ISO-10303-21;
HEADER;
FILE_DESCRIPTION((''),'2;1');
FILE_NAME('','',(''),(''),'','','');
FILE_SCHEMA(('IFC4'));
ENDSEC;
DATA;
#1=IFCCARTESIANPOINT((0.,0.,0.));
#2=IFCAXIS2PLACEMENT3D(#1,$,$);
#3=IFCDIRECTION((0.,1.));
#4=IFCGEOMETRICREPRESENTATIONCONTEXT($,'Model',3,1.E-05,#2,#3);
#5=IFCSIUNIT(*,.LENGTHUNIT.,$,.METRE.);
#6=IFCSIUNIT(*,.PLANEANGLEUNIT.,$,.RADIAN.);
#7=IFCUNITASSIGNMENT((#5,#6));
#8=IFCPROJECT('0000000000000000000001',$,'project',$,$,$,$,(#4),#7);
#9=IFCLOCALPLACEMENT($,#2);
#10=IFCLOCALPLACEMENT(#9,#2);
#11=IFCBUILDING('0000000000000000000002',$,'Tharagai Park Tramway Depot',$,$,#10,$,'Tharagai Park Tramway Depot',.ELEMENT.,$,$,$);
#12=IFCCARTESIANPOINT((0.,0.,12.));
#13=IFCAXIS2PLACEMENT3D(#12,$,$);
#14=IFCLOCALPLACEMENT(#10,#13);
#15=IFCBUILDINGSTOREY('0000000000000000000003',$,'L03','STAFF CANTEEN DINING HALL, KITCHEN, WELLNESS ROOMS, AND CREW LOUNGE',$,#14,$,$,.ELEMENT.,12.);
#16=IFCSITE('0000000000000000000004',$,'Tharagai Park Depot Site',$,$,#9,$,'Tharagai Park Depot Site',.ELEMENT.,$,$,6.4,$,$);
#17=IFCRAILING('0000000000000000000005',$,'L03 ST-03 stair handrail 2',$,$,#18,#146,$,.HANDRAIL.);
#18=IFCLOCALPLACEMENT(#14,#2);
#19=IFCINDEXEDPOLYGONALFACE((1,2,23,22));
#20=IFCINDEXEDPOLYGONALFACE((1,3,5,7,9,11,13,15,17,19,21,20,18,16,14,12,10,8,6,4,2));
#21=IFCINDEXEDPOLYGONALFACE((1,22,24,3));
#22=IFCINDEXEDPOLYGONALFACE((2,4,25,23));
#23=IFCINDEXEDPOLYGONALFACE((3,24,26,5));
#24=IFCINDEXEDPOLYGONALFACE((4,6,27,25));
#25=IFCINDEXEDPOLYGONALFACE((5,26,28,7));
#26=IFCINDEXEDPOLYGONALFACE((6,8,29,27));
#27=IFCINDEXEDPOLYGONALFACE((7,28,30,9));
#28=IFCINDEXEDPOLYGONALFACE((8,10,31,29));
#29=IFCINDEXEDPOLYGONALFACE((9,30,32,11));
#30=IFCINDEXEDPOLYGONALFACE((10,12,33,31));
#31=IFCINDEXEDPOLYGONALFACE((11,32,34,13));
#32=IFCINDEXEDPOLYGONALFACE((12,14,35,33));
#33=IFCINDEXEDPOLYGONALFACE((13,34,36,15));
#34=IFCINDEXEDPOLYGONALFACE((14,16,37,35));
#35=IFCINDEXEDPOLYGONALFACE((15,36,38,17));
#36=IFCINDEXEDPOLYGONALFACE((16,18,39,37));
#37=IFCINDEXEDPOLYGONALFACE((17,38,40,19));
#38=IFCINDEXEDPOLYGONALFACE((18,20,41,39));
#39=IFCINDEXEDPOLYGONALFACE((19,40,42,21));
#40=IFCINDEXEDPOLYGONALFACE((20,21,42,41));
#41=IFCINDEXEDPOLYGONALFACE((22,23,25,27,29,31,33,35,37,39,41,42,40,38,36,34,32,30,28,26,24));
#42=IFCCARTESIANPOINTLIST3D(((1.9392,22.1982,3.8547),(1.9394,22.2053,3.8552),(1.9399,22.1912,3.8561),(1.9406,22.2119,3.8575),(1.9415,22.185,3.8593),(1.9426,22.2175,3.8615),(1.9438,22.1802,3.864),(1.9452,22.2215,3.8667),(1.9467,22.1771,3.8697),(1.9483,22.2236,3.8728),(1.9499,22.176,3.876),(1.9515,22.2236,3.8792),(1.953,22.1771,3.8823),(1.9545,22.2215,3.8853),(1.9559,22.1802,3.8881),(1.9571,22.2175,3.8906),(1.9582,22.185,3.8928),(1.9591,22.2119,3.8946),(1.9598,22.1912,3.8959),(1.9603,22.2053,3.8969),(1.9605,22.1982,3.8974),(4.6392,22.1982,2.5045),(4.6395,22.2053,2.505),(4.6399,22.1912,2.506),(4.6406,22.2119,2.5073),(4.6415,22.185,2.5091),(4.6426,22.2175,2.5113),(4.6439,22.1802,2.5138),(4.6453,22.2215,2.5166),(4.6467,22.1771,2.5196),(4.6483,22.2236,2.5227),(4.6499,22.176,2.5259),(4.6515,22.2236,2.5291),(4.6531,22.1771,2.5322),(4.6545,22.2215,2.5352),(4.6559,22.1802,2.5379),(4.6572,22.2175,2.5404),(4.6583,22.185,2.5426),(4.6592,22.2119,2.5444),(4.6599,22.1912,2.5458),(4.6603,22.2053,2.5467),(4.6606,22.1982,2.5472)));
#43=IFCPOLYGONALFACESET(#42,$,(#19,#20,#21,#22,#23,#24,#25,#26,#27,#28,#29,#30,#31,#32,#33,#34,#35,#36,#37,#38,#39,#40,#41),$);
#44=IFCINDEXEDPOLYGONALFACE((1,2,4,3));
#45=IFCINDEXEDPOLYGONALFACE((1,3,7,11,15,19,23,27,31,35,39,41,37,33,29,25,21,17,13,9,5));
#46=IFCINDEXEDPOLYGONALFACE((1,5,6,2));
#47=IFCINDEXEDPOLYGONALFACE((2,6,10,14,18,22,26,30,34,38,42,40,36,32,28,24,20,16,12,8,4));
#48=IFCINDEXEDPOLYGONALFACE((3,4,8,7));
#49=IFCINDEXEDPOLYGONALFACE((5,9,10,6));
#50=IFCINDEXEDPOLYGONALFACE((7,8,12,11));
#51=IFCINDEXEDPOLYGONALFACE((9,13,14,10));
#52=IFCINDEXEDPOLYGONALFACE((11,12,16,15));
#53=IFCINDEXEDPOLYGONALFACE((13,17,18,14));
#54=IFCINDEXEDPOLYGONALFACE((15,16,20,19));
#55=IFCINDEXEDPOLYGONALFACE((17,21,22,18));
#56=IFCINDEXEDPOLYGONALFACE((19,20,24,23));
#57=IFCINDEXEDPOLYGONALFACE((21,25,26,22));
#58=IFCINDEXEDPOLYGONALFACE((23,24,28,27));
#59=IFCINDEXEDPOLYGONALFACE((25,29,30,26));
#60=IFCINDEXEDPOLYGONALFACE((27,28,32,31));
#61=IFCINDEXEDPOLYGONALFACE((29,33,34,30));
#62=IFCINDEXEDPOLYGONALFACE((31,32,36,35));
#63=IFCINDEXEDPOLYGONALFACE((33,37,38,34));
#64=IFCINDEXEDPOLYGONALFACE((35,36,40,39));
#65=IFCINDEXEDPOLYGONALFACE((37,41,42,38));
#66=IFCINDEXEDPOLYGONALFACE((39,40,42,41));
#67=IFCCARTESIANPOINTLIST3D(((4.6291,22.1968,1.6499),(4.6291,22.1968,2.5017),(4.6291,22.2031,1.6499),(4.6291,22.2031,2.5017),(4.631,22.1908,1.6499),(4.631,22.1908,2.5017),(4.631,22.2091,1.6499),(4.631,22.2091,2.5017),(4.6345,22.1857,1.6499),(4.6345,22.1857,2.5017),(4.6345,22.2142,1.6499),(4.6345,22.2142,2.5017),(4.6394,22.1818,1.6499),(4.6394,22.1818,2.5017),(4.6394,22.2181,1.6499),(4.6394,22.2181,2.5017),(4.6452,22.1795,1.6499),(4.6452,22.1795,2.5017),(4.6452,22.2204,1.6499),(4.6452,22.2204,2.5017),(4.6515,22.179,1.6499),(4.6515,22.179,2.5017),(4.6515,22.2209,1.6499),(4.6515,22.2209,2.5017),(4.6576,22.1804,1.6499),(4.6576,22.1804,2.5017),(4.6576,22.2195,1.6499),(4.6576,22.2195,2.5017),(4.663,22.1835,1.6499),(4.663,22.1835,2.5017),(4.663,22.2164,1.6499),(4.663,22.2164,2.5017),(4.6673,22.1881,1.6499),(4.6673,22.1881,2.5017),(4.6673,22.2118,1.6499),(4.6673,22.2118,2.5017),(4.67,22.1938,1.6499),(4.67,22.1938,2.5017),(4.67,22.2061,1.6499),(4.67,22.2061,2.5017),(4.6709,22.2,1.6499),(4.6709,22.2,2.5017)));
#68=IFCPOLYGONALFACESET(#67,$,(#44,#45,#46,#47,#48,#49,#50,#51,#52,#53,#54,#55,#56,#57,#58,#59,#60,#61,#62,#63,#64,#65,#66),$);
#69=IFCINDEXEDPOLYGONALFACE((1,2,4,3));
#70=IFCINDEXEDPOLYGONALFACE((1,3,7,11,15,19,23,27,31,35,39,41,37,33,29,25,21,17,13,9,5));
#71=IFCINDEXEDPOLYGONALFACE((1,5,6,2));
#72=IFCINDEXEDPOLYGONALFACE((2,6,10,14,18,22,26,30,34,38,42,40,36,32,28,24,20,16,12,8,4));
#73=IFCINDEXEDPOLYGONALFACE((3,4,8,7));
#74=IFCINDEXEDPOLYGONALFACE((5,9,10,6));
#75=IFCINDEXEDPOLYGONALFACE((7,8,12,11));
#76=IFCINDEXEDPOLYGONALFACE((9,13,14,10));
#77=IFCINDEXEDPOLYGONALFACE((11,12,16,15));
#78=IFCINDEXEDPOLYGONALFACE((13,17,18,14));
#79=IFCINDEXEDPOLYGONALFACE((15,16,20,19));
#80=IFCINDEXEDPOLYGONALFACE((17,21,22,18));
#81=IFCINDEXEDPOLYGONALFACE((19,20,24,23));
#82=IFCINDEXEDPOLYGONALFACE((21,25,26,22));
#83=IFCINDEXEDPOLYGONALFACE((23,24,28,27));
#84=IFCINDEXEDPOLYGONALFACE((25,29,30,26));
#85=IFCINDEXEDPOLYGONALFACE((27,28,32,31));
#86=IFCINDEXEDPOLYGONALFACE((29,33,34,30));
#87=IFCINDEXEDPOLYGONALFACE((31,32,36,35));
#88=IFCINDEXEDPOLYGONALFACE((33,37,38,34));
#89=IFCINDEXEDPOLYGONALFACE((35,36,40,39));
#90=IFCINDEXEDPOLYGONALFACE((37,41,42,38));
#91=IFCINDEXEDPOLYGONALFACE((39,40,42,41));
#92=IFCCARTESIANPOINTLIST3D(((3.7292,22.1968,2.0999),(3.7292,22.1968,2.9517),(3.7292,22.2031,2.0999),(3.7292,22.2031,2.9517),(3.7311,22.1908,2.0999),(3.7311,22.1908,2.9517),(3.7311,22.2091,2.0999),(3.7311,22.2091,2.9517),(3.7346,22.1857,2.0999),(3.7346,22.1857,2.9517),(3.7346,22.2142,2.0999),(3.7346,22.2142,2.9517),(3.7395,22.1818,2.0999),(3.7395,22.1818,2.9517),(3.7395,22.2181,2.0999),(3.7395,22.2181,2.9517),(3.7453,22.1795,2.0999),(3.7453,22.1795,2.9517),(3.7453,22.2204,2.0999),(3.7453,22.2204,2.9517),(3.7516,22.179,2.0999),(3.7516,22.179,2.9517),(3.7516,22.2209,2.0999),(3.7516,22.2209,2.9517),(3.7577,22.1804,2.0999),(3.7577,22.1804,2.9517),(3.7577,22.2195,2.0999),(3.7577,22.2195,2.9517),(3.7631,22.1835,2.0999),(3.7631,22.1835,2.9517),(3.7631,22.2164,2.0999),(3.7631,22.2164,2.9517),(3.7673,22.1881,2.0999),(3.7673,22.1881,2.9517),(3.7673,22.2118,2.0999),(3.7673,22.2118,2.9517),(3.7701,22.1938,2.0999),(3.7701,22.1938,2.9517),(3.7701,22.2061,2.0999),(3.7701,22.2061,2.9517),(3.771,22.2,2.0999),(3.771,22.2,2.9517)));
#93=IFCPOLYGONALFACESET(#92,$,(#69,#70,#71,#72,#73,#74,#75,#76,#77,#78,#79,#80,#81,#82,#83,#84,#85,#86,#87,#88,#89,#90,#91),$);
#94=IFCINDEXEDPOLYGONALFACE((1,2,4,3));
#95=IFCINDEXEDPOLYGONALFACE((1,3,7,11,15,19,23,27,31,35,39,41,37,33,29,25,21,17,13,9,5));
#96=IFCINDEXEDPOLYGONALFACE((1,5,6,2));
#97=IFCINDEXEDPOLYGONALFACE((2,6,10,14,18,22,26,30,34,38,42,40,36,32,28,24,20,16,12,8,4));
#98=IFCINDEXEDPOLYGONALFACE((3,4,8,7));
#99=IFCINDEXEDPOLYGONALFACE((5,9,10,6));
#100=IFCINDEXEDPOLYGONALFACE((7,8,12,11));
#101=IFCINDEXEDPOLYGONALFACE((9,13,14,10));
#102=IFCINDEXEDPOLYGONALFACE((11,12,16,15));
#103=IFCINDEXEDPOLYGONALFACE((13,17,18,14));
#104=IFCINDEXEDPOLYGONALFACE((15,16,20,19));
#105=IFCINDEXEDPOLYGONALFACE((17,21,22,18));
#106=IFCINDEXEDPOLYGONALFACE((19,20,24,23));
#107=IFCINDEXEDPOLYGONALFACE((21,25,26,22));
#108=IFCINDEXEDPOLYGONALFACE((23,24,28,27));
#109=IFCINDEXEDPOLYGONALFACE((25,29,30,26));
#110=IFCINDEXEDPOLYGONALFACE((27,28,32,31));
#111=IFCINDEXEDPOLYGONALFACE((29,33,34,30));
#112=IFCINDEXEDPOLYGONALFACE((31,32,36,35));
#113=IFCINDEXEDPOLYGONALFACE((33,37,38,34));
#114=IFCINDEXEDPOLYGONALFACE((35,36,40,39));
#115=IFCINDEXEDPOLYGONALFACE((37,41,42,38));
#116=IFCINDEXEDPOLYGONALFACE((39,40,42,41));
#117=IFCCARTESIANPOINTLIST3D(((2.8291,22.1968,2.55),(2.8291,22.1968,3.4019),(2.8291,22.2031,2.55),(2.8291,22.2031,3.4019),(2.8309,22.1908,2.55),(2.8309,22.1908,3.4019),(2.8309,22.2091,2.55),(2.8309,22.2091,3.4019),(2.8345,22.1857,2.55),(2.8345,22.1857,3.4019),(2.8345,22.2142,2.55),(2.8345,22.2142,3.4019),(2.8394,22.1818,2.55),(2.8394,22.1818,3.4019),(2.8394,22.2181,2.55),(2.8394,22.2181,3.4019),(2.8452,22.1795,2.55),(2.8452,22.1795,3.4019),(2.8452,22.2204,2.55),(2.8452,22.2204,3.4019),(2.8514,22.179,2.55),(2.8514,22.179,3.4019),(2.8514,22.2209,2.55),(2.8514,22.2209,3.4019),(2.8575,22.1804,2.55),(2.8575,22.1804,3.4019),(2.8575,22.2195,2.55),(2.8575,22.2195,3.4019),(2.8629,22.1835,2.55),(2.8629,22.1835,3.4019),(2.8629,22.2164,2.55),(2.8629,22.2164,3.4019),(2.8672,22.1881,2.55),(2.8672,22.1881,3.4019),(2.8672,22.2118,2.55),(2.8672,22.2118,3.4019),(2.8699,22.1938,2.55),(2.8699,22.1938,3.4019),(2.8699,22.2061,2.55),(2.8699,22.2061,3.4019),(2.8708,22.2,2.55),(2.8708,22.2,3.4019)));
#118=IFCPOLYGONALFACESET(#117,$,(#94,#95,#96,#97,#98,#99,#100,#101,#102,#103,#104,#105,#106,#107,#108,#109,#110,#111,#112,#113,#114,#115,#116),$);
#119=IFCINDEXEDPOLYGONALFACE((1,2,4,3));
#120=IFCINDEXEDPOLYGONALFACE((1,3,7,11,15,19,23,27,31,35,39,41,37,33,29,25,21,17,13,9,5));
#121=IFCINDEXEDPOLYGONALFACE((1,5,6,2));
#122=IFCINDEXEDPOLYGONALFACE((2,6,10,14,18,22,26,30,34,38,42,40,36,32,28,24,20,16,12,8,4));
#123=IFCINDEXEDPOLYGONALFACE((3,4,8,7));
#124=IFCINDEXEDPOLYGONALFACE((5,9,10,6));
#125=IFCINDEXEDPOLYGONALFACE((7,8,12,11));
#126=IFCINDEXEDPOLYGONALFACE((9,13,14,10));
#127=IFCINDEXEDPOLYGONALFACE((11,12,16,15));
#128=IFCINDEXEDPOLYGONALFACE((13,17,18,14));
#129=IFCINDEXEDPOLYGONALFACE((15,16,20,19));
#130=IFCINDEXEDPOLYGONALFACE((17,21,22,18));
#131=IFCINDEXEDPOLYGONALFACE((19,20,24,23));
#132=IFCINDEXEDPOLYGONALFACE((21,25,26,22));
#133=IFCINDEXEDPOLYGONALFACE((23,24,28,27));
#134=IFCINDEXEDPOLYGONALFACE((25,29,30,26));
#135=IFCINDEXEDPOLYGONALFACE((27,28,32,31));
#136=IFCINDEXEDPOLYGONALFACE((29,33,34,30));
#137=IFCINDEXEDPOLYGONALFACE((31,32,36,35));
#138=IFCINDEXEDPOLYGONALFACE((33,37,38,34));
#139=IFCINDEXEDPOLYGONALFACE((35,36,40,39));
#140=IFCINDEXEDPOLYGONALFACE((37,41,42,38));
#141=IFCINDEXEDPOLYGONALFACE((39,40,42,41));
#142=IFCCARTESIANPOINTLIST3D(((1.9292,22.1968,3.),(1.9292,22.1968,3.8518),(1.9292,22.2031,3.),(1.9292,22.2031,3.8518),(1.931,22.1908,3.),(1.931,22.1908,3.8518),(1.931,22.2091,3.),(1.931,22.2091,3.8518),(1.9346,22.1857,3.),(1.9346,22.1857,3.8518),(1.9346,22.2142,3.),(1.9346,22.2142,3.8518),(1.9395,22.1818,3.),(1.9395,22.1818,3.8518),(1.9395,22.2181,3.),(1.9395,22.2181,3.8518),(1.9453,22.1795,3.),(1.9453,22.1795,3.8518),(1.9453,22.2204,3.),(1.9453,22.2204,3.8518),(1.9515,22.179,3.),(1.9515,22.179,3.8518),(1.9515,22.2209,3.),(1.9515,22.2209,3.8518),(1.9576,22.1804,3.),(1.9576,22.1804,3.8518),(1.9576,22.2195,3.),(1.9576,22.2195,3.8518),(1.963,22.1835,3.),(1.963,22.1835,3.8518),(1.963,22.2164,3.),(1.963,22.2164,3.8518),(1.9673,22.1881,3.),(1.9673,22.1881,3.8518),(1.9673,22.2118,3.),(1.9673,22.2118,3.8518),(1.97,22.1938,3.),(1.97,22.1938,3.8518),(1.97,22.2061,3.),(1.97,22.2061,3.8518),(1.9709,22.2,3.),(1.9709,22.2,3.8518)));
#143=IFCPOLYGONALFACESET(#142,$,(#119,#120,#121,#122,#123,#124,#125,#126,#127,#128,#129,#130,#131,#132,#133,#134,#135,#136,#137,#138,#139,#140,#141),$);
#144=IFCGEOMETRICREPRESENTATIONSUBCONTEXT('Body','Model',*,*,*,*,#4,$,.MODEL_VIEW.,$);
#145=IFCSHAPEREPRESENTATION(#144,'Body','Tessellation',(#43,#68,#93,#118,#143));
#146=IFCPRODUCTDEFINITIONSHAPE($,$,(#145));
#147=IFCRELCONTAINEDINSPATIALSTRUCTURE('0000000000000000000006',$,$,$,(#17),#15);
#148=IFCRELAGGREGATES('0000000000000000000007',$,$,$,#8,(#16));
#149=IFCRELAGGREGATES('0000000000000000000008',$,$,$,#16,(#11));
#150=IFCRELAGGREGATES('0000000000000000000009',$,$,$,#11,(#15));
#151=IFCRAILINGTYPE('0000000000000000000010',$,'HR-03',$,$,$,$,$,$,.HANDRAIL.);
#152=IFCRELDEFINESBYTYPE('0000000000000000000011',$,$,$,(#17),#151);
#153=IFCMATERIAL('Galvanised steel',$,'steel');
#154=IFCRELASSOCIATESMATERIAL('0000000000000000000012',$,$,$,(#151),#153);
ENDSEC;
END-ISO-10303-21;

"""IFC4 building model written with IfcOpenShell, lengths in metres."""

from ifc_helpers import new_model, si_unit, direction, frame, origin, origin_2d, place, context, subcontext, project, spatial, circle, extrude, material, type_object, element, save


model = new_model("IFC4")

# Units and contexts
model_context = context("Model", 3, precision=1e-05, world=origin(), true_north=direction((0.0, 1.0)))
body_context = subcontext(model_context, "Body", "Model", "MODEL_VIEW")
ifc_project = project(units=[si_unit("LENGTHUNIT", "METRE"), si_unit("PLANEANGLEUNIT", "RADIAN")], contexts=[model_context])

# Site, building, storey
site_placement = place(None, origin())
site = spatial("IfcSite", under=ifc_project, at=site_placement, Name="Tharagai Park Depot Site", LongName="Tharagai Park Depot Site", CompositionType="ELEMENT", RefElevation=6.4)
building_placement = place(site_placement, origin())
building = spatial("IfcBuilding", under=site, at=building_placement, Name="Tharagai Park Tramway Depot", LongName="Tharagai Park Tramway Depot", CompositionType="ELEMENT")
storey_placement = place(building_placement, frame((0.0, 0.0, 12.0)))
storey = spatial("IfcBuildingStorey", under=building, at=storey_placement, Name="L03", Description="STAFF CANTEEN DINING HALL, KITCHEN, WELLNESS ROOMS, AND CREW LOUNGE", CompositionType="ELEMENT", Elevation=12.0)

# Shared definitions
ifc_material_1 = material(Name="Galvanised steel", Category="steel")

# Railing
railing_type_1 = type_object("IfcRailingType", Name="HR-03", PredefinedType="HANDRAIL", material=ifc_material_1)
railing_1_placement = place(storey_placement, frame((4.6499, 22.2, 1.6499)))
element("IfcRailing", 1, at=railing_1_placement, inside=storey, type_object=railing_type_1, Name="L03 ST-03 stair handrail 2", PredefinedType="HANDRAIL", context=body_context, shape_type="SweptSolid", body=[
    extrude(circle(Radius=0.0239, at=origin_2d()), frame((0.0, 0.0, 0.876), z_axis=(-0.894411, 0.0, 0.447246), x_axis=(0.0, -1.0, 0.0)), (0.0, 0.0, 1.0), 3.0188),
    extrude(circle(Radius=0.021, at=origin_2d()), origin(), (0.0, 0.0, 1.0), 0.8518),
    extrude(circle(Radius=0.021, at=origin_2d()), frame((-0.8999, 0.0, 0.45)), (0.0, 0.0, 1.0), 0.8518),
    extrude(circle(Radius=0.021, at=origin_2d()), frame((-1.8, 0.0, 0.9001)), (0.0, 0.0, 1.0), 0.8518),
    extrude(circle(Radius=0.021, at=origin_2d()), frame((-2.7, 0.0, 1.3501)), (0.0, 0.0, 1.0), 0.8518),
])

save(model, "model.ifc")
